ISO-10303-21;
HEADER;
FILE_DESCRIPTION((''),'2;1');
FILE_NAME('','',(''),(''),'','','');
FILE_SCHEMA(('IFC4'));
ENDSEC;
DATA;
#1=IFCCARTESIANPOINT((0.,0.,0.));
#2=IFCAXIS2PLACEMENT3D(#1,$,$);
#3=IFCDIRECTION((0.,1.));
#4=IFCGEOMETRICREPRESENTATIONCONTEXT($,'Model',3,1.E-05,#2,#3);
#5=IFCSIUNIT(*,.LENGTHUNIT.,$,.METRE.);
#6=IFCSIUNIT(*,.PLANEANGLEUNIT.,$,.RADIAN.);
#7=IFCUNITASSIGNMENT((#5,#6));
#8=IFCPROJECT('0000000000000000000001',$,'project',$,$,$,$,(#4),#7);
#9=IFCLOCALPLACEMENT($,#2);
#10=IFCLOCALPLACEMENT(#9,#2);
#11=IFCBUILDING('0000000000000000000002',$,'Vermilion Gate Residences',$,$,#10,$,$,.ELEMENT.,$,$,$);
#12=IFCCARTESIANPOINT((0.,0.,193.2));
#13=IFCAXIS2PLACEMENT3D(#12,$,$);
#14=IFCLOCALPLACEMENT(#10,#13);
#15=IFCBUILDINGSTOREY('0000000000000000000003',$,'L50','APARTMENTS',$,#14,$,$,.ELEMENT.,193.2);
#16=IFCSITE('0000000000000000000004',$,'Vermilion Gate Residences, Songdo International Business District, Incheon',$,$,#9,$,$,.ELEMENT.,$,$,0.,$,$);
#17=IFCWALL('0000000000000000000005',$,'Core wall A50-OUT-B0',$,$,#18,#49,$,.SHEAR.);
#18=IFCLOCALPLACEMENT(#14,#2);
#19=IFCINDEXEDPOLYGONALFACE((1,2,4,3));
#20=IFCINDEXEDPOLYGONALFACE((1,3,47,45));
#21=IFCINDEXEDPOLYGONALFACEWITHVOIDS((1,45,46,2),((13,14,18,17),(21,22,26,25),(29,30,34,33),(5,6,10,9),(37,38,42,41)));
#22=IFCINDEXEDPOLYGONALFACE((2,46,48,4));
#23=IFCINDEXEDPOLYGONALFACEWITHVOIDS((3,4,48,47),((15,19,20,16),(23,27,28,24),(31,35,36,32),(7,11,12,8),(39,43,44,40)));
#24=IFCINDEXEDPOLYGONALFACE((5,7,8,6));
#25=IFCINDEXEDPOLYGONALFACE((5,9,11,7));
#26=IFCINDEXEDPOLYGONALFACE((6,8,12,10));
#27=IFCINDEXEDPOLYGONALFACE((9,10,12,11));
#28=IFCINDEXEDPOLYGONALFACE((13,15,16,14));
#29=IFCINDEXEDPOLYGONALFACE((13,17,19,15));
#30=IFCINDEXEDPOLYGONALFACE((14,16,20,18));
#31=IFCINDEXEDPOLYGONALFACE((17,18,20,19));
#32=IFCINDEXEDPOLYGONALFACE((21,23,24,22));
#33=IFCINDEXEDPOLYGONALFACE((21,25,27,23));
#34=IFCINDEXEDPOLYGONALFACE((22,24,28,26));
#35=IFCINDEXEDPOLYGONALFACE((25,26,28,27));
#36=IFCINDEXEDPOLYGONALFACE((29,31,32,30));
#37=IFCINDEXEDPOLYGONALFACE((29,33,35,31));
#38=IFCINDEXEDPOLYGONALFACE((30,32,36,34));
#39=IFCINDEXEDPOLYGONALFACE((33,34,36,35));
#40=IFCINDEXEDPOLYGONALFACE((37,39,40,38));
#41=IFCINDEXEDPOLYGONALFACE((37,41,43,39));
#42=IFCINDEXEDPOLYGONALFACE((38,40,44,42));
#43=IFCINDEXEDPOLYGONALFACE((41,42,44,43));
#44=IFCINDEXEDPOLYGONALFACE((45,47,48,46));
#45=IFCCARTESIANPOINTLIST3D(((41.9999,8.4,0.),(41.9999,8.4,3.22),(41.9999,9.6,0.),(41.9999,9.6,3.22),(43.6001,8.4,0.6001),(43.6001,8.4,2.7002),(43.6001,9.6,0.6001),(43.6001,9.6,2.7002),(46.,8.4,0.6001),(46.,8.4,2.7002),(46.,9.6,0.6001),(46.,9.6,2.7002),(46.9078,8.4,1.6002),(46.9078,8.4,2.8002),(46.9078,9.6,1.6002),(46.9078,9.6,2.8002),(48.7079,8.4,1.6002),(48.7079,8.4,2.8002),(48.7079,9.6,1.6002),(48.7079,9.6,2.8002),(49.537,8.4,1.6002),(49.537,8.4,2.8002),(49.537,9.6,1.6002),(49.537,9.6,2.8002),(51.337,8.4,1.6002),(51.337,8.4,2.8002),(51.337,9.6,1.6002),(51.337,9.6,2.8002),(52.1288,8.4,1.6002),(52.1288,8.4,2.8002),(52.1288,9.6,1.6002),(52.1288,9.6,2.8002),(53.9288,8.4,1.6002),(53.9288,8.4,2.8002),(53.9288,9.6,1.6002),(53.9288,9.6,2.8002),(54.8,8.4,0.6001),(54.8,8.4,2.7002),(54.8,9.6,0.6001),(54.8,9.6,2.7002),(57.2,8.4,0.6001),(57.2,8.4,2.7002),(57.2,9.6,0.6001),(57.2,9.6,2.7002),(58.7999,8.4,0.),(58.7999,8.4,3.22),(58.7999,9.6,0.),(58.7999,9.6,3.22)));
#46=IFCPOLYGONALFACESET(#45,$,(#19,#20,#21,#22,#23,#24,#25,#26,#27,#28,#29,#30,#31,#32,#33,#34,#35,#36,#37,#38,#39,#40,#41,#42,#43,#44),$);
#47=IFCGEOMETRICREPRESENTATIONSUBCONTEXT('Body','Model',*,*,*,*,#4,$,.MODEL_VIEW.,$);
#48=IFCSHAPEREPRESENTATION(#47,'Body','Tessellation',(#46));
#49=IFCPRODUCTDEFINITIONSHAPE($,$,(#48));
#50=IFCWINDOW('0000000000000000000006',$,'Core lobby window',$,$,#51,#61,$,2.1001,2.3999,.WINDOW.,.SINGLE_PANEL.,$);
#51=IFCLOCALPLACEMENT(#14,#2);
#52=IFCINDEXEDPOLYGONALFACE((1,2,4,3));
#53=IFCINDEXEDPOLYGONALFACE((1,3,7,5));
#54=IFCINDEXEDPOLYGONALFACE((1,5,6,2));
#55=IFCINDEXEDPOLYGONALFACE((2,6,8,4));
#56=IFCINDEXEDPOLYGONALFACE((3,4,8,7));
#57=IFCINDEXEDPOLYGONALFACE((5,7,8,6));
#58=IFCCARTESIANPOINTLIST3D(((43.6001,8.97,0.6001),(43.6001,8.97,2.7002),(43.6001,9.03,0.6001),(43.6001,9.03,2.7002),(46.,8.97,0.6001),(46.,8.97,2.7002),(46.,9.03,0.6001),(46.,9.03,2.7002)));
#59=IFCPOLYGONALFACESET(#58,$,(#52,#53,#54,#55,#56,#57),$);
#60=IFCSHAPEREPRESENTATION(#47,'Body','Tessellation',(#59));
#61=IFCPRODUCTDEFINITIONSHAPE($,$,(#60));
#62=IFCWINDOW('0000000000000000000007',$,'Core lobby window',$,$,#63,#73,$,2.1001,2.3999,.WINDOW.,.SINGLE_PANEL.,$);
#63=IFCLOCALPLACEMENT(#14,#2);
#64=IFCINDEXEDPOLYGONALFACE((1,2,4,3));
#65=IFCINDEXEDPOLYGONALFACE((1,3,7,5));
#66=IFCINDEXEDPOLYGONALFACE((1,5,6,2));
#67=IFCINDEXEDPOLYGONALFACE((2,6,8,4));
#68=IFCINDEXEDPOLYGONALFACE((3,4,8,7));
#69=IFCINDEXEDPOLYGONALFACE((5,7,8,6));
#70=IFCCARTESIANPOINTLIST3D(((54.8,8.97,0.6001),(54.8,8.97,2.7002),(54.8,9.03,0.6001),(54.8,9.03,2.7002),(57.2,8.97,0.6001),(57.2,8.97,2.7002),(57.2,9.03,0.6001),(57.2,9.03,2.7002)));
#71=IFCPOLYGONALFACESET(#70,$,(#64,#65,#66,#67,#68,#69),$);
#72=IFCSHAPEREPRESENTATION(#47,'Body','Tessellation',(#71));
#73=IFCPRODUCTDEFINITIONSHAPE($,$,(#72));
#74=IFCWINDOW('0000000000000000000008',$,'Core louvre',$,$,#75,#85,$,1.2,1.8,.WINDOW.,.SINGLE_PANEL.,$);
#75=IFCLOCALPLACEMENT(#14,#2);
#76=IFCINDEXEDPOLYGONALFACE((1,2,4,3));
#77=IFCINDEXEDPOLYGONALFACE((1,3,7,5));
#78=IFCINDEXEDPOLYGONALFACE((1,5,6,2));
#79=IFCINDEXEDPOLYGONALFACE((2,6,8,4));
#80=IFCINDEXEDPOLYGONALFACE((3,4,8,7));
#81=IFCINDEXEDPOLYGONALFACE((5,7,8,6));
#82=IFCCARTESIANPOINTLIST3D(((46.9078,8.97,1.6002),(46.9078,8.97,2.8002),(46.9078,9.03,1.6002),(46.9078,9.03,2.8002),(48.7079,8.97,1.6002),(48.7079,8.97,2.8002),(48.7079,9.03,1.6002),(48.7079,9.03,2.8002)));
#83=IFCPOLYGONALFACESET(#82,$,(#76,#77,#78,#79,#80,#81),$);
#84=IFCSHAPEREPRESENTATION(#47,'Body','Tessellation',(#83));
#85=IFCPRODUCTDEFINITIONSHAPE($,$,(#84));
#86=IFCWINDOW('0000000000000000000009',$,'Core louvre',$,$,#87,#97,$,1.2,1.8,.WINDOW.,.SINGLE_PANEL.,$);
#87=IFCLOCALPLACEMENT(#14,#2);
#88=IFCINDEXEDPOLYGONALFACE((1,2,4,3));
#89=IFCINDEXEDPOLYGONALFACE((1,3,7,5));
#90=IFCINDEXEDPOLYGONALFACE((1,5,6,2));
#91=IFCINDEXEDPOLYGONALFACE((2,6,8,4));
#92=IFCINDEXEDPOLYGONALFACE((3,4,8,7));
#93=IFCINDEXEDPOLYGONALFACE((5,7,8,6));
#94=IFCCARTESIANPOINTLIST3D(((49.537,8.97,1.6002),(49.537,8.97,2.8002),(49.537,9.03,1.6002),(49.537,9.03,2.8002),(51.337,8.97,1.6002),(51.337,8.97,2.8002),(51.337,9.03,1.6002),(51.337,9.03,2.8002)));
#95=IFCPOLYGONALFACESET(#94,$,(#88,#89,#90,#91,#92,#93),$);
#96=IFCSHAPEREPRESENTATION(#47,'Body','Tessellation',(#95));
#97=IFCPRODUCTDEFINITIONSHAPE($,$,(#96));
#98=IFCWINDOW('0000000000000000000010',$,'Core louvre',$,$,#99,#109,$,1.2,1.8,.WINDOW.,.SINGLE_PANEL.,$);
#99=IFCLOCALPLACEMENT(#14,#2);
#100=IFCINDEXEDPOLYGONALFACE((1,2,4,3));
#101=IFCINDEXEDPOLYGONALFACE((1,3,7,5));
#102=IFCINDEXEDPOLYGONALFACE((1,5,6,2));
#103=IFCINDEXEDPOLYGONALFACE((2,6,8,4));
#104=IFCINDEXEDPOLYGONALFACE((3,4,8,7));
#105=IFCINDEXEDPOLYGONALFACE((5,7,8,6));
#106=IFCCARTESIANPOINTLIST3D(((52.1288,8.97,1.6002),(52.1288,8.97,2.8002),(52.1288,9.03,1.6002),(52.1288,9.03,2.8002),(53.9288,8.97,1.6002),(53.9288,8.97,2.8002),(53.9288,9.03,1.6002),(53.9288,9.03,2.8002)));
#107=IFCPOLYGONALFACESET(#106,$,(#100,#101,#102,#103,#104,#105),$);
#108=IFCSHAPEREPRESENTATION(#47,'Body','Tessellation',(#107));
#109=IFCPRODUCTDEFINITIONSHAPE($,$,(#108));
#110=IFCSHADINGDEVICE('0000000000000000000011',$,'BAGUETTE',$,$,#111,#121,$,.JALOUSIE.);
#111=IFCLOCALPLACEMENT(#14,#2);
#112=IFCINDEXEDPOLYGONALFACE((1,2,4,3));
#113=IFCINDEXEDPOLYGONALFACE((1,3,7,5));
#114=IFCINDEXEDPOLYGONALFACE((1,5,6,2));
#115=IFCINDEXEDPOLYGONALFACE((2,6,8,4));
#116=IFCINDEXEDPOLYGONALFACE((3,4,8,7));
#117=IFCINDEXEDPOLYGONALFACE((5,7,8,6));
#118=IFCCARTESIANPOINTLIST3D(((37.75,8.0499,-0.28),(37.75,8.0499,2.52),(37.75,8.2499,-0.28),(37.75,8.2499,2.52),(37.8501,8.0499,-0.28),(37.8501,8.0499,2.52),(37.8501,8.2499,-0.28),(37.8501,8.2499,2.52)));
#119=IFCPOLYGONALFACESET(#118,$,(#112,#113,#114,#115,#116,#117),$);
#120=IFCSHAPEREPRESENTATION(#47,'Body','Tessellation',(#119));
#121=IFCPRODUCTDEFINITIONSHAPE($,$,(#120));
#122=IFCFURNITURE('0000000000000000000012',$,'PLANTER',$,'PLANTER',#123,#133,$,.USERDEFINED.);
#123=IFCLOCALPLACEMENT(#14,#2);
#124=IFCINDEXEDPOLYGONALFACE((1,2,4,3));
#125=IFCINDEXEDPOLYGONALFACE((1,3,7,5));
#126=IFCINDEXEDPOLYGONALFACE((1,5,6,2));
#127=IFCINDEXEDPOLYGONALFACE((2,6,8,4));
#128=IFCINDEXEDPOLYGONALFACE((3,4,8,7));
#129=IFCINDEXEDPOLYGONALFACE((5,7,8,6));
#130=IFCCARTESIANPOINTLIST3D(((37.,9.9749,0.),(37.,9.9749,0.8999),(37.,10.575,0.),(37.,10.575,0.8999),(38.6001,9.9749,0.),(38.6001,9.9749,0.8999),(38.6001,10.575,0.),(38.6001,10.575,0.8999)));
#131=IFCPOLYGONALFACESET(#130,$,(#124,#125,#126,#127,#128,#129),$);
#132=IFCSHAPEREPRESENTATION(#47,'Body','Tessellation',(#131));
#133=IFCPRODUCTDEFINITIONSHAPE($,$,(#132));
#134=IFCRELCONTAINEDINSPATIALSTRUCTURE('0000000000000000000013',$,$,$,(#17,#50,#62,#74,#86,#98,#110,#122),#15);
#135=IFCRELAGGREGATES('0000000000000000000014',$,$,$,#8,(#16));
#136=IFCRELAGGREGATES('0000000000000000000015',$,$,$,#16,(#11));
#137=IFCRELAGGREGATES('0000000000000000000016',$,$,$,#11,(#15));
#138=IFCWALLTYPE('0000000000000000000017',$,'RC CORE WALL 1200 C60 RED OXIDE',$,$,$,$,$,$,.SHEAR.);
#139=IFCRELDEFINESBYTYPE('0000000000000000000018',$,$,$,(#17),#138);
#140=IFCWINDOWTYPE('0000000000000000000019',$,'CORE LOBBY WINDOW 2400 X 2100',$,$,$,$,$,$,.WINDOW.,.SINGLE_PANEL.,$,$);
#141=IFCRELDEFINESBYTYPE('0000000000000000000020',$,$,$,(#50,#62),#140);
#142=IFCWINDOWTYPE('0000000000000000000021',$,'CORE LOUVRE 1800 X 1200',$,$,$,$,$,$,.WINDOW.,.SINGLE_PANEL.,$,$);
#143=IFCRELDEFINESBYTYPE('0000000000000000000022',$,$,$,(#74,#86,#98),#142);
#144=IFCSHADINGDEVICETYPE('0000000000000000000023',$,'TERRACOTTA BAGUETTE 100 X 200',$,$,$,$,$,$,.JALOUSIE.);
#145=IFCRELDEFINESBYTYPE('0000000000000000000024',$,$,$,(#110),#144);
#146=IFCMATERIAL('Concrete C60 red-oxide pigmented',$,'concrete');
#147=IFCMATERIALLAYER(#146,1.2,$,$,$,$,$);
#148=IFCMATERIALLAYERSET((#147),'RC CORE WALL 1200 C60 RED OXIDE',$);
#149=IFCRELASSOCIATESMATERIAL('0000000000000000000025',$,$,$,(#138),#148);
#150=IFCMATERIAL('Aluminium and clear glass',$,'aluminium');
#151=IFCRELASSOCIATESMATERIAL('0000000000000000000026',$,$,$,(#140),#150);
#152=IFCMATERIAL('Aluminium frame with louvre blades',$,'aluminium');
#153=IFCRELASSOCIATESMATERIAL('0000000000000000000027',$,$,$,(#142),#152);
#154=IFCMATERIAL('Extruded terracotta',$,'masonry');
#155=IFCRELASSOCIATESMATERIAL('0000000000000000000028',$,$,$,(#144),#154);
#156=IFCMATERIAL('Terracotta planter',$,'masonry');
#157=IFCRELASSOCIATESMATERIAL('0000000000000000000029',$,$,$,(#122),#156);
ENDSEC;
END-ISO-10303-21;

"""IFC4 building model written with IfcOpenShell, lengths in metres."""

from ifc_helpers import new_model, si_unit, direction, frame, frame_2d, origin, origin_2d, place, context, subcontext, project, spatial, rectangle, extrude, material, layer, layer_set, material_profile, profile_set, type_object, element, fill, save


model = new_model("IFC4")

# Units and contexts
model_context = context("Model", 3, precision=1e-05, world=origin(), true_north=direction((0.0, 1.0)))
body_context = subcontext(model_context, "Body", "Model", "MODEL_VIEW")
ifc_project = project(units=[si_unit("LENGTHUNIT", "METRE"), si_unit("PLANEANGLEUNIT", "RADIAN")], contexts=[model_context])

# Site, building, storey
site_placement = place(None, origin())
site = spatial("IfcSite", under=ifc_project, at=site_placement, Name="Vermilion Gate Residences, Songdo International Business District, Incheon", CompositionType="ELEMENT", RefElevation=0.0)
building_placement = place(site_placement, origin())
building = spatial("IfcBuilding", under=site, at=building_placement, Name="Vermilion Gate Residences", CompositionType="ELEMENT")
storey_placement = place(building_placement, frame((0.0, 0.0, 193.2)))
storey = spatial("IfcBuildingStorey", under=building, at=storey_placement, Name="L50", Description="APARTMENTS", CompositionType="ELEMENT", Elevation=193.2)

# Wall, openings, windows
ifc_material_1 = material(Name="Concrete C60 red-oxide pigmented", Category="concrete")
ifc_layer_1 = layer(ifc_material_1, 1.2)
ifc_layer_set_1 = layer_set([ifc_layer_1], Name="RC CORE WALL 1200 C60 RED OXIDE")
wall_type_1 = type_object("IfcWallType", Name="RC CORE WALL 1200 C60 RED OXIDE", PredefinedType="SHEAR", material=ifc_layer_set_1)
wall_1_placement = place(storey_placement, frame((42.0, 9.0, 0.0), z_axis=(0.0, 0.0, 1.0), x_axis=(1.0, 0.0, 0.0)))
wall_1 = element("IfcWall", 1, at=wall_1_placement, inside=storey, type_object=wall_type_1, Name="Core wall A50-OUT-B0", PredefinedType="SHEAR", context=body_context, shape_type="SweptSolid", body=[
    extrude(rectangle(XDim=16.8, YDim=1.2, at=frame_2d((8.3999, 0.0))), origin(), (0.0, 0.0, 1.0), 3.22),
])
opening_1_placement = place(wall_1_placement, frame((1.6001, 0.0, 0.6001)))
opening_1 = element("IfcOpeningElement", 2, at=opening_1_placement, cuts=wall_1, PredefinedType="OPENING", context=body_context, shape_type="SweptSolid", body=[
    extrude(rectangle(XDim=2.3999, YDim=2.1001, at=frame_2d((1.2, 1.05))), frame((0.0, 0.6099, 0.0), z_axis=(0.0, -1.0, 0.0), x_axis=(1.0, 0.0, 0.0)), (0.0, 0.0, 1.0), 1.22),
])
opening_2_placement = place(wall_1_placement, frame((4.908, 0.0, 1.6001)))
opening_2 = element("IfcOpeningElement", 3, at=opening_2_placement, cuts=wall_1, PredefinedType="OPENING", context=body_context, shape_type="SweptSolid", body=[
    extrude(rectangle(XDim=1.8, YDim=1.2, at=frame_2d((0.8999, 0.6001))), frame((0.0, 0.6099, 0.0), z_axis=(0.0, -1.0, 0.0), x_axis=(1.0, 0.0, 0.0)), (0.0, 0.0, 1.0), 1.22),
])
opening_3_placement = place(wall_1_placement, frame((7.5371, 0.0, 1.6001)))
opening_3 = element("IfcOpeningElement", 4, at=opening_3_placement, cuts=wall_1, PredefinedType="OPENING", context=body_context, shape_type="SweptSolid", body=[
    extrude(rectangle(XDim=1.8, YDim=1.2, at=frame_2d((0.8999, 0.6001))), frame((0.0, 0.6099, 0.0), z_axis=(0.0, -1.0, 0.0), x_axis=(1.0, 0.0, 0.0)), (0.0, 0.0, 1.0), 1.22),
])
opening_4_placement = place(wall_1_placement, frame((10.1289, 0.0, 1.6001)))
opening_4 = element("IfcOpeningElement", 5, at=opening_4_placement, cuts=wall_1, PredefinedType="OPENING", context=body_context, shape_type="SweptSolid", body=[
    extrude(rectangle(XDim=1.8, YDim=1.2, at=frame_2d((0.8999, 0.6001))), frame((0.0, 0.6099, 0.0), z_axis=(0.0, -1.0, 0.0), x_axis=(1.0, 0.0, 0.0)), (0.0, 0.0, 1.0), 1.22),
])
opening_5_placement = place(wall_1_placement, frame((12.8, 0.0, 0.6001)))
opening_5 = element("IfcOpeningElement", 6, at=opening_5_placement, cuts=wall_1, PredefinedType="OPENING", context=body_context, shape_type="SweptSolid", body=[
    extrude(rectangle(XDim=2.3999, YDim=2.1001, at=frame_2d((1.2, 1.05))), frame((0.0, 0.6099, 0.0), z_axis=(0.0, -1.0, 0.0), x_axis=(1.0, 0.0, 0.0)), (0.0, 0.0, 1.0), 1.22),
])
ifc_material_2 = material(Name="Aluminium and clear glass", Category="aluminium")
window_type_1 = type_object("IfcWindowType", Name="CORE LOBBY WINDOW 2400 X 2100", PartitioningType="SINGLE_PANEL", PredefinedType="WINDOW", material=ifc_material_2)
window_1_placement = place(opening_1_placement, origin())
window_1 = element("IfcWindow", 7, at=window_1_placement, inside=storey, type_object=window_type_1, Name="Core lobby window", OverallHeight=2.1001, OverallWidth=2.3999, PartitioningType="SINGLE_PANEL", PredefinedType="WINDOW", context=body_context, shape_type="SweptSolid", body=[
    extrude(rectangle(XDim=2.3999, YDim=2.1001, at=frame_2d((1.2, 1.05))), frame((0.0, 0.03, 0.0), z_axis=(0.0, -1.0, 0.0), x_axis=(1.0, 0.0, 0.0)), (0.0, 0.0, 1.0), 0.0601),
])
fill(opening_1, window_1)
window_2_placement = place(opening_5_placement, origin())
window_2 = element("IfcWindow", 8, at=window_2_placement, inside=storey, type_object=window_type_1, Name="Core lobby window", OverallHeight=2.1001, OverallWidth=2.3999, PartitioningType="SINGLE_PANEL", PredefinedType="WINDOW", context=body_context, shape_type="SweptSolid", body=[
    extrude(rectangle(XDim=2.3999, YDim=2.1001, at=frame_2d((1.2, 1.05))), frame((0.0, 0.03, 0.0), z_axis=(0.0, -1.0, 0.0), x_axis=(1.0, 0.0, 0.0)), (0.0, 0.0, 1.0), 0.0601),
])
fill(opening_5, window_2)
ifc_material_3 = material(Name="Aluminium frame with louvre blades", Category="aluminium")
window_type_2 = type_object("IfcWindowType", Name="CORE LOUVRE 1800 X 1200", PartitioningType="SINGLE_PANEL", PredefinedType="WINDOW", material=ifc_material_3)
window_3_placement = place(opening_2_placement, origin())
window_3 = element("IfcWindow", 9, at=window_3_placement, inside=storey, type_object=window_type_2, Name="Core louvre", OverallHeight=1.2, OverallWidth=1.8, PartitioningType="SINGLE_PANEL", PredefinedType="WINDOW", context=body_context, shape_type="SweptSolid", body=[
    extrude(rectangle(XDim=1.8, YDim=1.2, at=frame_2d((0.8999, 0.6001))), frame((0.0, 0.03, 0.0), z_axis=(0.0, -1.0, 0.0), x_axis=(1.0, 0.0, 0.0)), (0.0, 0.0, 1.0), 0.0601),
])
fill(opening_2, window_3)
window_4_placement = place(opening_3_placement, origin())
window_4 = element("IfcWindow", 10, at=window_4_placement, inside=storey, type_object=window_type_2, Name="Core louvre", OverallHeight=1.2, OverallWidth=1.8, PartitioningType="SINGLE_PANEL", PredefinedType="WINDOW", context=body_context, shape_type="SweptSolid", body=[
    extrude(rectangle(XDim=1.8, YDim=1.2, at=frame_2d((0.8999, 0.6001))), frame((0.0, 0.03, 0.0), z_axis=(0.0, -1.0, 0.0), x_axis=(1.0, 0.0, 0.0)), (0.0, 0.0, 1.0), 0.0601),
])
fill(opening_3, window_4)
window_5_placement = place(opening_4_placement, origin())
window_5 = element("IfcWindow", 11, at=window_5_placement, inside=storey, type_object=window_type_2, Name="Core louvre", OverallHeight=1.2, OverallWidth=1.8, PartitioningType="SINGLE_PANEL", PredefinedType="WINDOW", context=body_context, shape_type="SweptSolid", body=[
    extrude(rectangle(XDim=1.8, YDim=1.2, at=frame_2d((0.8999, 0.6001))), frame((0.0, 0.03, 0.0), z_axis=(0.0, -1.0, 0.0), x_axis=(1.0, 0.0, 0.0)), (0.0, 0.0, 1.0), 0.0601),
])
fill(opening_4, window_5)

# Shading device
ifc_material_4 = material(Name="Extruded terracotta", Category="masonry")
ifc_material_profile_1 = material_profile(ifc_material_4, rectangle(XDim=0.2, YDim=0.1001, at=origin_2d()), Name="BAGUETTE 100 X 200")
ifc_profile_set_1 = profile_set([ifc_material_profile_1], Name="Extruded terracotta")
shading_device_type = type_object("IfcShadingDeviceType", Name="TERRACOTTA BAGUETTE 100 X 200", PredefinedType="JALOUSIE", material=ifc_profile_set_1)
shading_device_placement = place(storey_placement, frame((37.8, 8.1499, -0.28), z_axis=(0.0, 0.0, 1.0), x_axis=(0.0, 1.0, 0.0)))
element("IfcShadingDevice", 12, at=shading_device_placement, inside=storey, type_object=shading_device_type, Name="BAGUETTE", PredefinedType="JALOUSIE", context=body_context, shape_type="SweptSolid", body=[
    extrude(rectangle(XDim=0.2, YDim=0.1001, at=origin_2d()), origin(), (0.0, 0.0, 1.0), 2.8),
])

# Furniture
ifc_material_5 = material(Name="Terracotta planter", Category="masonry")
furniture_placement = place(storey_placement, frame((37.8, 10.2749, 0.0), z_axis=(0.0, 0.0, 1.0), x_axis=(1.0, 0.0, 0.0)))
element("IfcFurniture", 13, at=furniture_placement, inside=storey, material=ifc_material_5, Name="PLANTER", ObjectType="PLANTER", PredefinedType="USERDEFINED", context=body_context, shape_type="SweptSolid", body=[
    extrude(rectangle(XDim=1.6001, YDim=0.6001, at=origin_2d()), origin(), (0.0, 0.0, 1.0), 0.8999),
])

save(model, "model.ifc")
